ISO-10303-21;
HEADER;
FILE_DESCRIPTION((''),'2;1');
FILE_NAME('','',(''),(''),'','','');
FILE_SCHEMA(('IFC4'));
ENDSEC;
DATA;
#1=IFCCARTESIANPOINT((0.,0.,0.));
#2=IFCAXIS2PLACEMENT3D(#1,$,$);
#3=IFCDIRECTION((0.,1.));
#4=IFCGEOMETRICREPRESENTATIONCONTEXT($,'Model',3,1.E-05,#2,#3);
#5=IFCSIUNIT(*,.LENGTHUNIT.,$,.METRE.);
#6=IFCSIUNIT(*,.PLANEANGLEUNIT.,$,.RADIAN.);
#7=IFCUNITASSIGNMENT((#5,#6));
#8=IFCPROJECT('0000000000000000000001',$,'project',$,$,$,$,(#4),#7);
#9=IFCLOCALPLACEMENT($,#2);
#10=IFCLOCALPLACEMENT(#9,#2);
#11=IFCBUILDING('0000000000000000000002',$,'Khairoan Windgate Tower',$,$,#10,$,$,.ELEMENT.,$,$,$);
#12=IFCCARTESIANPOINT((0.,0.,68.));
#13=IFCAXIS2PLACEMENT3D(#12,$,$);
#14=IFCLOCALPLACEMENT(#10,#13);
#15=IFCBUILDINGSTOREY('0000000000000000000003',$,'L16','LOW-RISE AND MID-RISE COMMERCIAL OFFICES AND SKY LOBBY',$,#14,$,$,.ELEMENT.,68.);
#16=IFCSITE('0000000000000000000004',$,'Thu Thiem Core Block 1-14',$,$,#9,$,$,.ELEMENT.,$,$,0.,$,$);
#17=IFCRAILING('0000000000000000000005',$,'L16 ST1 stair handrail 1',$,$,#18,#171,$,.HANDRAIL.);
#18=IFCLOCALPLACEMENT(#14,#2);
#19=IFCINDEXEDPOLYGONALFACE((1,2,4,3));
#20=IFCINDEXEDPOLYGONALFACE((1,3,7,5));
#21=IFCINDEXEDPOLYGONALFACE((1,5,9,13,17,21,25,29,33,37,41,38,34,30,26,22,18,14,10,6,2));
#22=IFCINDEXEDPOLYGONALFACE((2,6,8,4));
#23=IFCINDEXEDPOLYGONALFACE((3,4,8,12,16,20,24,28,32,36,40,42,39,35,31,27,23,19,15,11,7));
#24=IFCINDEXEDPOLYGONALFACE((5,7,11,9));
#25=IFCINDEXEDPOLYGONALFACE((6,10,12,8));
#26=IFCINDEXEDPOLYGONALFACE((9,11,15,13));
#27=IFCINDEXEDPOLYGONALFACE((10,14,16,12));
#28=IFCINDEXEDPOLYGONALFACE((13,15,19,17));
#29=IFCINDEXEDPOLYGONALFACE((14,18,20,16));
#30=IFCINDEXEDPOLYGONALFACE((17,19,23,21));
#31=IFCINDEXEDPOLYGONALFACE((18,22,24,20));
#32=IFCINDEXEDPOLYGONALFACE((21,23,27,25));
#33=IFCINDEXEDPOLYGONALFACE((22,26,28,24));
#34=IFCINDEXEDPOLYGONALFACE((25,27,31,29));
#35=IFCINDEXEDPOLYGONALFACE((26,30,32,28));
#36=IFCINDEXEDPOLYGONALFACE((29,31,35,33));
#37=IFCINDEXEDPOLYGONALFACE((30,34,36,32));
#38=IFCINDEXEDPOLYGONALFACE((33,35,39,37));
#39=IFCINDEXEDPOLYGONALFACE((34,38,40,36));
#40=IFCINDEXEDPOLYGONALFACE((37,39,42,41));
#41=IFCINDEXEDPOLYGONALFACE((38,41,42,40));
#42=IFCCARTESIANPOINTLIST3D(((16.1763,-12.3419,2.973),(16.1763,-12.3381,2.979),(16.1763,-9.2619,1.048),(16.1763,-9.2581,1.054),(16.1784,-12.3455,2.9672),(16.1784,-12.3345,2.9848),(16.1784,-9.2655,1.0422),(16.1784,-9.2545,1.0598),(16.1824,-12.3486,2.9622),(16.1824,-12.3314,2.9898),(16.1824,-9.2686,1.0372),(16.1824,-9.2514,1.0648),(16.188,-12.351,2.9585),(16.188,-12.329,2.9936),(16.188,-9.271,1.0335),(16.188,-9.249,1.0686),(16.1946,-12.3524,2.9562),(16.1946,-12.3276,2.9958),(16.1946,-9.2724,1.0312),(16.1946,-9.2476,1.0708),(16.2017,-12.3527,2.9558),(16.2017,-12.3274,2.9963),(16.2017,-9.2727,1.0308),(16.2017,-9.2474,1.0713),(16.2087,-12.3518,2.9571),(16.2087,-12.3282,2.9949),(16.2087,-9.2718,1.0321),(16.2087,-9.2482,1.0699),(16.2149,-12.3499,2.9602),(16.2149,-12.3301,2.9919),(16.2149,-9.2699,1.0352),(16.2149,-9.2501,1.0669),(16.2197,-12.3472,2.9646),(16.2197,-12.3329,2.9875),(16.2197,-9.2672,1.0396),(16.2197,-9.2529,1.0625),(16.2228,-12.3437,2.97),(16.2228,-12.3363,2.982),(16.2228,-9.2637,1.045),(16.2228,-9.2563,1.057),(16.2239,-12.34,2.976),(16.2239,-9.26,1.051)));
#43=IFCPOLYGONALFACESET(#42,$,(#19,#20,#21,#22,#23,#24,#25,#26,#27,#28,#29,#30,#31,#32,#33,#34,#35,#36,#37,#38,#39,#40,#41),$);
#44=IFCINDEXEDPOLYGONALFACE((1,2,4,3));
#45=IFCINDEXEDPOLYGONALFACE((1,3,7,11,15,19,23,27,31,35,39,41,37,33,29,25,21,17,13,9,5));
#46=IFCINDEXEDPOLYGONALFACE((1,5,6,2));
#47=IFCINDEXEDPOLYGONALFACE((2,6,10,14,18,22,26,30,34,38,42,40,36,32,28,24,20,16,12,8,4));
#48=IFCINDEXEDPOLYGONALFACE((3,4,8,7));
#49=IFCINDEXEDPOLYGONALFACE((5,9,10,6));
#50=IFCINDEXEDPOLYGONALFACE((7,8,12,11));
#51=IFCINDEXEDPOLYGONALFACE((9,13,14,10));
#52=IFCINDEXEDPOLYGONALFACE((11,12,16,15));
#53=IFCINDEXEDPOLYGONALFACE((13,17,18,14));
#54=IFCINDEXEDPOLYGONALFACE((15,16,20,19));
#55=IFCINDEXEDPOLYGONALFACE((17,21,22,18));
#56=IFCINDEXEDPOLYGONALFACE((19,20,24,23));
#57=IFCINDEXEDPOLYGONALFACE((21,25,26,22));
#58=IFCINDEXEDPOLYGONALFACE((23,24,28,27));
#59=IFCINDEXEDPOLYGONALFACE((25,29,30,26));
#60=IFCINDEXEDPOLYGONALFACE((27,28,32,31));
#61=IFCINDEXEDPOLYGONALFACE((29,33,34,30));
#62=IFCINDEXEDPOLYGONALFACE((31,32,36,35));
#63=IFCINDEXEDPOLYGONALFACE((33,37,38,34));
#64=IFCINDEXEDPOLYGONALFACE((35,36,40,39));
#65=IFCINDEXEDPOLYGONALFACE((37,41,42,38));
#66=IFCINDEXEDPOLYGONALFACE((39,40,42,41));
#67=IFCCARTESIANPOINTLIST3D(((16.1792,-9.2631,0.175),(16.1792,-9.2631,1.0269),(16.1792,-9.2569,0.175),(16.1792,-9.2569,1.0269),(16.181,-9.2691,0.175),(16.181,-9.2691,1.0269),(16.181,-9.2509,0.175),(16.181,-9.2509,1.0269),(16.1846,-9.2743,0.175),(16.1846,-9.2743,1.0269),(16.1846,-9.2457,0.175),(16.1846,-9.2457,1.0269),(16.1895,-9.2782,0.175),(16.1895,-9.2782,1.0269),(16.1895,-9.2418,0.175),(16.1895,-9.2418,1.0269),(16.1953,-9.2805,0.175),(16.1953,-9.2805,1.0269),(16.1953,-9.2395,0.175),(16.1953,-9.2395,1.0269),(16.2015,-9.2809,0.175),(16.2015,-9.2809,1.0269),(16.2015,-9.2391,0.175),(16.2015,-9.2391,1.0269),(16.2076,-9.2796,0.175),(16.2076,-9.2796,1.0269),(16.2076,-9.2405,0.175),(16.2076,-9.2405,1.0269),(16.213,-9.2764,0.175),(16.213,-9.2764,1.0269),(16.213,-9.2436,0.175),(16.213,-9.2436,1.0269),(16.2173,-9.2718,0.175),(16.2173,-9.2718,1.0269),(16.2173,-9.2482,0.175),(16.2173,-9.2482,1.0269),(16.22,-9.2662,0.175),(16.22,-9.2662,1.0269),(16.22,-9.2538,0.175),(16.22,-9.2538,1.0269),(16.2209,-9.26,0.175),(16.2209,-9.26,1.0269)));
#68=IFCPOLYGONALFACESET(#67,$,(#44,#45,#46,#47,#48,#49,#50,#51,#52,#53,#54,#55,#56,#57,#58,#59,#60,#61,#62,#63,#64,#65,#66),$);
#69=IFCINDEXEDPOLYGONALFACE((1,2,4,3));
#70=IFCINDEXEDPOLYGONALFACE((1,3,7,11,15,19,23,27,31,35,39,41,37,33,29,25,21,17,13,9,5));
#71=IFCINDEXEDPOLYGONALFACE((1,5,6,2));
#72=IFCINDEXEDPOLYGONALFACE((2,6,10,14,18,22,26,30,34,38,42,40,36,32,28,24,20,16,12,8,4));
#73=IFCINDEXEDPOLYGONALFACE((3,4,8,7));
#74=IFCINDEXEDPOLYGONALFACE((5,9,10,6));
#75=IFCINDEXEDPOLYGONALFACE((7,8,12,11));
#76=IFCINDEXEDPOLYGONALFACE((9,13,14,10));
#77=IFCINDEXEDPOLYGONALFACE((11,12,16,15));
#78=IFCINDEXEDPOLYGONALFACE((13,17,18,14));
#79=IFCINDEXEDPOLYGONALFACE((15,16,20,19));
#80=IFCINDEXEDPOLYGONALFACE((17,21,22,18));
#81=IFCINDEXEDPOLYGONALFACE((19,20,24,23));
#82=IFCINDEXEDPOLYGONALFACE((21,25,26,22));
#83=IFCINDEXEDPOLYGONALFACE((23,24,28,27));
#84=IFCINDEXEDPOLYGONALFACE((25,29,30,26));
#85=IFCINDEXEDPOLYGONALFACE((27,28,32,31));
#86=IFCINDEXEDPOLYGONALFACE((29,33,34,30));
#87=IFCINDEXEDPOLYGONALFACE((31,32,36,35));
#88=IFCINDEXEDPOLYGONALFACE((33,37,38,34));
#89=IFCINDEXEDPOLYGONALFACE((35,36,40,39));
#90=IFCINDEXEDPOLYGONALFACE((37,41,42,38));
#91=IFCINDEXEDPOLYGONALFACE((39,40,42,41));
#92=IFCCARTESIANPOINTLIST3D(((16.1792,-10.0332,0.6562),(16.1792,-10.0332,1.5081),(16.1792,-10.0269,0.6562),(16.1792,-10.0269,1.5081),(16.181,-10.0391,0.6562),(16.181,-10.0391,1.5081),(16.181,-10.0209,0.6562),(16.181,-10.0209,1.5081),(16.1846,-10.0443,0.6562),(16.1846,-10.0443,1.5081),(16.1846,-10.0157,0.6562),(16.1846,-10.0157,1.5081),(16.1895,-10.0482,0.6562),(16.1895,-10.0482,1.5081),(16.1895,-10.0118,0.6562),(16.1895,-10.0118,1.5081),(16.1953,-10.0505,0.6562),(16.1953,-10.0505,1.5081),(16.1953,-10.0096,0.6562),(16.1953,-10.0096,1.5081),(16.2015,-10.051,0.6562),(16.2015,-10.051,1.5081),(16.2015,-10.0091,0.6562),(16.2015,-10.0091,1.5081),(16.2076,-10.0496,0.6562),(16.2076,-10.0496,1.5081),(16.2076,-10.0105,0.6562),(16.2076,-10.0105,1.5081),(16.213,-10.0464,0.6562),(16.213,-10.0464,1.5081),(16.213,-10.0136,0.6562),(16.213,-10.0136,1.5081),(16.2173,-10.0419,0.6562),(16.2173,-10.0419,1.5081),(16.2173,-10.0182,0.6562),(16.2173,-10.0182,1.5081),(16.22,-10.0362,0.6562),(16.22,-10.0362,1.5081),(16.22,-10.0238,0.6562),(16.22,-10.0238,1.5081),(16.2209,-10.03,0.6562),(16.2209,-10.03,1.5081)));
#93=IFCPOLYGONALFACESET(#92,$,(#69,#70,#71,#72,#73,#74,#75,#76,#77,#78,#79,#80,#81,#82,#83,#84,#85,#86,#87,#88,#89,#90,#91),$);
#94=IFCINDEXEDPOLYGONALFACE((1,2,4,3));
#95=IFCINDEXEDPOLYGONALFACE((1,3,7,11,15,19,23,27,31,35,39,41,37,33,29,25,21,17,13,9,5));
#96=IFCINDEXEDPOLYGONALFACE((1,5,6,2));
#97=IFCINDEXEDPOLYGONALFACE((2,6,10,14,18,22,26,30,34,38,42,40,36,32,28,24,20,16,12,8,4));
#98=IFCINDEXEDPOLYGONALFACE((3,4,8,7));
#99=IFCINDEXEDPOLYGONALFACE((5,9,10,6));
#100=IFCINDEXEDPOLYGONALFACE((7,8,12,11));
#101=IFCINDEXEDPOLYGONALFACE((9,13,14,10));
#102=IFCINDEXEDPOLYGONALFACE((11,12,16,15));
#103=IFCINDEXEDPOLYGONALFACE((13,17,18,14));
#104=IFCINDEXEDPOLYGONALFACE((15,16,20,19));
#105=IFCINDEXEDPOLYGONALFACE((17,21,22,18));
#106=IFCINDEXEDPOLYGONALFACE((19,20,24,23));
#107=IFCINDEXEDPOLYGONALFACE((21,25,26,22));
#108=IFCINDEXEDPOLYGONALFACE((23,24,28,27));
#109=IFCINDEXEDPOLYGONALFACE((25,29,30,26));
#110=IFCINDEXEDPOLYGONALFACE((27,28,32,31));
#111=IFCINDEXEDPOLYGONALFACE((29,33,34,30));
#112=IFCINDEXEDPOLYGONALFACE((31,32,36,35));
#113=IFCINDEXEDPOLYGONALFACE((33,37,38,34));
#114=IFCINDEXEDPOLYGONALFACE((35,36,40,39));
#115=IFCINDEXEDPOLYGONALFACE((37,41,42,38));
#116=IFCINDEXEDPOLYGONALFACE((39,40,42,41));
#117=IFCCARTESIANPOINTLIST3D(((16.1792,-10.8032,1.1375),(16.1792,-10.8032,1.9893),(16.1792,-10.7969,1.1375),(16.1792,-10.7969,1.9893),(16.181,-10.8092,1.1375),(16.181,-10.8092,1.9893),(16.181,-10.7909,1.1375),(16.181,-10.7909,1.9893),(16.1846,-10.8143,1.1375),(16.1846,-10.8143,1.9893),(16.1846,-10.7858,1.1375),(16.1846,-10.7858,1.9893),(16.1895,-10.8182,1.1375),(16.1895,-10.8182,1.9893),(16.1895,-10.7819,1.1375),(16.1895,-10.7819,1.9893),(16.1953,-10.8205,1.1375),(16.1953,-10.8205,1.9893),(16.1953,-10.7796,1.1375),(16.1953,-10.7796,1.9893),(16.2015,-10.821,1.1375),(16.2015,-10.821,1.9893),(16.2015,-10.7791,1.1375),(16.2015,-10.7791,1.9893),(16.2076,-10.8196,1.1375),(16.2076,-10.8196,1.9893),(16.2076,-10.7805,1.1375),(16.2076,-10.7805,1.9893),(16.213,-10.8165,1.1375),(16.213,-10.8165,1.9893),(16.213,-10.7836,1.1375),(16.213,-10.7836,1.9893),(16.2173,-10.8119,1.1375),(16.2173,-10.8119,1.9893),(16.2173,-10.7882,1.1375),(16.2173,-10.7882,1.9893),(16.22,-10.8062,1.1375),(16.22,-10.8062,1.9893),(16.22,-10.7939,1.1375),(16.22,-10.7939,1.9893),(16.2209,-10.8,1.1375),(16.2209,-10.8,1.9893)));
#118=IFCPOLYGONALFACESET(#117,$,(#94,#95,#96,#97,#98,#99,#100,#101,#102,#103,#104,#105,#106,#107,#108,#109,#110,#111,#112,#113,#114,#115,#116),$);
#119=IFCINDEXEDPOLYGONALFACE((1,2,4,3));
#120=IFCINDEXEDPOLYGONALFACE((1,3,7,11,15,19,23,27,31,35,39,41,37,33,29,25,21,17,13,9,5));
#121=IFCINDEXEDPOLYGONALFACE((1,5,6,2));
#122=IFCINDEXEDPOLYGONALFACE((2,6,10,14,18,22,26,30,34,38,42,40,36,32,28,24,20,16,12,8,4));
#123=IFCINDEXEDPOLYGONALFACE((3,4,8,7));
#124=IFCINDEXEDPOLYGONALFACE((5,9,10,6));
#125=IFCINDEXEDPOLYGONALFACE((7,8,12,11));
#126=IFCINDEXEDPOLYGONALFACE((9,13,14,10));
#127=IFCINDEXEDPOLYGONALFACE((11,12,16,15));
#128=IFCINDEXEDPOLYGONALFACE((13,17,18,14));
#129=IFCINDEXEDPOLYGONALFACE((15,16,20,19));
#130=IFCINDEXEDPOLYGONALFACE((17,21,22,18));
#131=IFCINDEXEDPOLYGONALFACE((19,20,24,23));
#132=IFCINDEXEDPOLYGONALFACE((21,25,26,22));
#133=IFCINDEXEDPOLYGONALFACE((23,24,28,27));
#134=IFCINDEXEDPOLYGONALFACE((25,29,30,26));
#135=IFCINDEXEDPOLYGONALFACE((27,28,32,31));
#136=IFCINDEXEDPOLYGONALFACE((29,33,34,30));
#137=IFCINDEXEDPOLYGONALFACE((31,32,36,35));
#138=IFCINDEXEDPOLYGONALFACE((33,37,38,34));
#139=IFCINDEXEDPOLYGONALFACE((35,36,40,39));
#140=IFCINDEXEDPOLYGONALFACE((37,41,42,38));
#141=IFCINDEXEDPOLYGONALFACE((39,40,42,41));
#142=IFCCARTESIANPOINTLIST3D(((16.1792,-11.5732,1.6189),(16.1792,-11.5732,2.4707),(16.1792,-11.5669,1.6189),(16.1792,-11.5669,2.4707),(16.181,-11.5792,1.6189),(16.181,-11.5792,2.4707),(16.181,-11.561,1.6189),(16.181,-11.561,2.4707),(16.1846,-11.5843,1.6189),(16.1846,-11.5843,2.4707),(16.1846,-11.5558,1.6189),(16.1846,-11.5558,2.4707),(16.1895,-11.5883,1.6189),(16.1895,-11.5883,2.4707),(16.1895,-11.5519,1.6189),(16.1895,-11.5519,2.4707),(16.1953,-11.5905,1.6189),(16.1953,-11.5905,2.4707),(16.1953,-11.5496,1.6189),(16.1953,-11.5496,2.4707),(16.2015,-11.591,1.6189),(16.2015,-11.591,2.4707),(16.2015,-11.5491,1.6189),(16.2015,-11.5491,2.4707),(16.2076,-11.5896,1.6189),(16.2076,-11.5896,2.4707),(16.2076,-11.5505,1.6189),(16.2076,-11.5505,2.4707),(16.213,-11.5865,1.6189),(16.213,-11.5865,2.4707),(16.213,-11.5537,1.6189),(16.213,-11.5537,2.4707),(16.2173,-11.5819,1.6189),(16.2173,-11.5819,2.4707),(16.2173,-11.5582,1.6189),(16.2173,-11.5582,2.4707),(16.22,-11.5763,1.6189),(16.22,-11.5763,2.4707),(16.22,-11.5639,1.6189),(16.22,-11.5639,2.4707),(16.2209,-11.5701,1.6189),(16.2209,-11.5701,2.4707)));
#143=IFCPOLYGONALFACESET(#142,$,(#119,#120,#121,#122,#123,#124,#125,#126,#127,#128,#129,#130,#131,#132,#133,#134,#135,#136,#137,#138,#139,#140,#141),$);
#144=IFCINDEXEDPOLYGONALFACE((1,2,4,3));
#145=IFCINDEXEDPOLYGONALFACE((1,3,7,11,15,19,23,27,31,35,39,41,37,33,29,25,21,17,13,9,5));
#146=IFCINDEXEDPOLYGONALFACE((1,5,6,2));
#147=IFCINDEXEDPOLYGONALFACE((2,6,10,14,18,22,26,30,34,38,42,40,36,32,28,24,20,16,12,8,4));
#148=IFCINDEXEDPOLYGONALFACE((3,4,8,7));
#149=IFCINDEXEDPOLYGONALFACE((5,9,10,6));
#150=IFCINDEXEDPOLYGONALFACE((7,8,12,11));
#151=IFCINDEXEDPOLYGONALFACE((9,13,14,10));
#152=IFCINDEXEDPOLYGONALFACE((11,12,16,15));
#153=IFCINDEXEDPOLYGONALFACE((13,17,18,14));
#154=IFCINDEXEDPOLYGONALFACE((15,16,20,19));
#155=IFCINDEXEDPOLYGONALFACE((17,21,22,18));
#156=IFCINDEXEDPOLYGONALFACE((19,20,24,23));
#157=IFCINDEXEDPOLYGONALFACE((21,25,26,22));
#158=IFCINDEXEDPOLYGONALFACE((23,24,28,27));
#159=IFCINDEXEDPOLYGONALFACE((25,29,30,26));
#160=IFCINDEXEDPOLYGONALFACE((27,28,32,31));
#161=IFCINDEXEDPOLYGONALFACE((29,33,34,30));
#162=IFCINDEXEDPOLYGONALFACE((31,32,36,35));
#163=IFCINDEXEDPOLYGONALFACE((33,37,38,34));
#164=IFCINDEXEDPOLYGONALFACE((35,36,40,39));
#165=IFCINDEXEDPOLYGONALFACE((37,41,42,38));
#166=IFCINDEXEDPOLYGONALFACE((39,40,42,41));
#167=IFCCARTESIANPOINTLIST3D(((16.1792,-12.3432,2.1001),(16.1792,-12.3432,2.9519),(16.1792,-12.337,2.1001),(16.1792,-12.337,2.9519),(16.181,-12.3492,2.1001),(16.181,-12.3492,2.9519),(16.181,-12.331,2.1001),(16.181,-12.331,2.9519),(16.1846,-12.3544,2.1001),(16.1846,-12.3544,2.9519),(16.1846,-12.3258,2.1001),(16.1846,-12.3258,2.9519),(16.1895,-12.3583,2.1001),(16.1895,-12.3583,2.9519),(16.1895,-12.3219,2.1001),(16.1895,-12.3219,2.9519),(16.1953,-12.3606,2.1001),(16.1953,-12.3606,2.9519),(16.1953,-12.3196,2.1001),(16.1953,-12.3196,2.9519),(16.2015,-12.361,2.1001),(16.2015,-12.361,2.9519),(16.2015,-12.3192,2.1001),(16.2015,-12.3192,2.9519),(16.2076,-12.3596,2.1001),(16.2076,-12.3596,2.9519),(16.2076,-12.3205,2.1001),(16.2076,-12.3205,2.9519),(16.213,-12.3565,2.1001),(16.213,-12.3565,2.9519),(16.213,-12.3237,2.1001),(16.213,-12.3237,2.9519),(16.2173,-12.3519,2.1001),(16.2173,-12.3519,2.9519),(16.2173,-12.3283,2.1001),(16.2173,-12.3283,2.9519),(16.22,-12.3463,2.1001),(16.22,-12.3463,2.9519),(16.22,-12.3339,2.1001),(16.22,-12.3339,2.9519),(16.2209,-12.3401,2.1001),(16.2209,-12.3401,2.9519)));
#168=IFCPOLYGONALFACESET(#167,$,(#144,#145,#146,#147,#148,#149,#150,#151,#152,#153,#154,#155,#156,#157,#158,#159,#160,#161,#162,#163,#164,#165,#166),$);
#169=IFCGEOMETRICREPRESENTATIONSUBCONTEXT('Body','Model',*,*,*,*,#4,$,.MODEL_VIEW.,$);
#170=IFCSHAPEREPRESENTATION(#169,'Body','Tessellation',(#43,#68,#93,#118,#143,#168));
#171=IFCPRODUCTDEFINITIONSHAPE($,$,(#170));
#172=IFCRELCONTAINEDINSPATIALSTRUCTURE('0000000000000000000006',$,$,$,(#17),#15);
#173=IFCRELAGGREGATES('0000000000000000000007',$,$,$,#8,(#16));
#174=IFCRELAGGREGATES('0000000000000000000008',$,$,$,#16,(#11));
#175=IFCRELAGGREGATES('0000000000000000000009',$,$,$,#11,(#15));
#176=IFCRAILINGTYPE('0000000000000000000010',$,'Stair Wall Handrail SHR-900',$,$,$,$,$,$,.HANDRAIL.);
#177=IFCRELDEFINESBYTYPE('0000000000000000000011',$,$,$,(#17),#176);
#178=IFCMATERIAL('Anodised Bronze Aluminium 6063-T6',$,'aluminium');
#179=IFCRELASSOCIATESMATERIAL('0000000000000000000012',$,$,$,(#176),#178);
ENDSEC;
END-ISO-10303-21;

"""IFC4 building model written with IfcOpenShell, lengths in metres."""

from ifc_helpers import new_model, si_unit, direction, frame, origin, origin_2d, place, context, subcontext, project, spatial, circle, extrude, material, type_object, element, save


model = new_model("IFC4")

# Units and contexts
model_context = context("Model", 3, precision=1e-05, world=origin(), true_north=direction((0.0, 1.0)))
body_context = subcontext(model_context, "Body", "Model", "MODEL_VIEW")
ifc_project = project(units=[si_unit("LENGTHUNIT", "METRE"), si_unit("PLANEANGLEUNIT", "RADIAN")], contexts=[model_context])

# Site, building, storey
site_placement = place(None, origin())
site = spatial("IfcSite", under=ifc_project, at=site_placement, Name="Thu Thiem Core Block 1-14", CompositionType="ELEMENT", RefElevation=0.0)
building_placement = place(site_placement, origin())
building = spatial("IfcBuilding", under=site, at=building_placement, Name="Khairoan Windgate Tower", CompositionType="ELEMENT")
storey_placement = place(building_placement, frame((0.0, 0.0, 68.0)))
storey = spatial("IfcBuildingStorey", under=building, at=storey_placement, Name="L16", Description="LOW-RISE AND MID-RISE COMMERCIAL OFFICES AND SKY LOBBY", CompositionType="ELEMENT", Elevation=68.0)

# Railing
ifc_material_1 = material(Name="Anodised Bronze Aluminium 6063-T6", Category="aluminium")
railing_type_1 = type_object("IfcRailingType", Name="Stair Wall Handrail SHR-900", PredefinedType="HANDRAIL", material=ifc_material_1)
railing_1_placement = place(storey_placement, frame((16.2, -9.26, 0.175)))
element("IfcRailing", 1, at=railing_1_placement, inside=storey, type_object=railing_type_1, Name="L16 ST1 stair handrail 1", PredefinedType="HANDRAIL", context=body_context, shape_type="SweptSolid", body=[
    extrude(circle(Radius=0.0239, at=origin_2d()), frame((0.0, 0.0, 0.876), z_axis=(0.0, -0.847998, 0.529999), x_axis=(1.0, 0.0, 0.0)), (0.0, 0.0, 1.0), 3.6321),
    extrude(circle(Radius=0.021, at=origin_2d()), origin(), (0.0, 0.0, 1.0), 0.8518),
    extrude(circle(Radius=0.021, at=origin_2d()), frame((0.0, -0.77, 0.4812)), (0.0, 0.0, 1.0), 0.8518),
    extrude(circle(Radius=0.021, at=origin_2d()), frame((0.0, -1.54, 0.9624)), (0.0, 0.0, 1.0), 0.8518),
    extrude(circle(Radius=0.021, at=origin_2d()), frame((0.0, -2.3101, 1.4438)), (0.0, 0.0, 1.0), 0.8518),
    extrude(circle(Radius=0.021, at=origin_2d()), frame((0.0, -3.0801, 1.925)), (0.0, 0.0, 1.0), 0.8518),
])

save(model, "model.ifc")
